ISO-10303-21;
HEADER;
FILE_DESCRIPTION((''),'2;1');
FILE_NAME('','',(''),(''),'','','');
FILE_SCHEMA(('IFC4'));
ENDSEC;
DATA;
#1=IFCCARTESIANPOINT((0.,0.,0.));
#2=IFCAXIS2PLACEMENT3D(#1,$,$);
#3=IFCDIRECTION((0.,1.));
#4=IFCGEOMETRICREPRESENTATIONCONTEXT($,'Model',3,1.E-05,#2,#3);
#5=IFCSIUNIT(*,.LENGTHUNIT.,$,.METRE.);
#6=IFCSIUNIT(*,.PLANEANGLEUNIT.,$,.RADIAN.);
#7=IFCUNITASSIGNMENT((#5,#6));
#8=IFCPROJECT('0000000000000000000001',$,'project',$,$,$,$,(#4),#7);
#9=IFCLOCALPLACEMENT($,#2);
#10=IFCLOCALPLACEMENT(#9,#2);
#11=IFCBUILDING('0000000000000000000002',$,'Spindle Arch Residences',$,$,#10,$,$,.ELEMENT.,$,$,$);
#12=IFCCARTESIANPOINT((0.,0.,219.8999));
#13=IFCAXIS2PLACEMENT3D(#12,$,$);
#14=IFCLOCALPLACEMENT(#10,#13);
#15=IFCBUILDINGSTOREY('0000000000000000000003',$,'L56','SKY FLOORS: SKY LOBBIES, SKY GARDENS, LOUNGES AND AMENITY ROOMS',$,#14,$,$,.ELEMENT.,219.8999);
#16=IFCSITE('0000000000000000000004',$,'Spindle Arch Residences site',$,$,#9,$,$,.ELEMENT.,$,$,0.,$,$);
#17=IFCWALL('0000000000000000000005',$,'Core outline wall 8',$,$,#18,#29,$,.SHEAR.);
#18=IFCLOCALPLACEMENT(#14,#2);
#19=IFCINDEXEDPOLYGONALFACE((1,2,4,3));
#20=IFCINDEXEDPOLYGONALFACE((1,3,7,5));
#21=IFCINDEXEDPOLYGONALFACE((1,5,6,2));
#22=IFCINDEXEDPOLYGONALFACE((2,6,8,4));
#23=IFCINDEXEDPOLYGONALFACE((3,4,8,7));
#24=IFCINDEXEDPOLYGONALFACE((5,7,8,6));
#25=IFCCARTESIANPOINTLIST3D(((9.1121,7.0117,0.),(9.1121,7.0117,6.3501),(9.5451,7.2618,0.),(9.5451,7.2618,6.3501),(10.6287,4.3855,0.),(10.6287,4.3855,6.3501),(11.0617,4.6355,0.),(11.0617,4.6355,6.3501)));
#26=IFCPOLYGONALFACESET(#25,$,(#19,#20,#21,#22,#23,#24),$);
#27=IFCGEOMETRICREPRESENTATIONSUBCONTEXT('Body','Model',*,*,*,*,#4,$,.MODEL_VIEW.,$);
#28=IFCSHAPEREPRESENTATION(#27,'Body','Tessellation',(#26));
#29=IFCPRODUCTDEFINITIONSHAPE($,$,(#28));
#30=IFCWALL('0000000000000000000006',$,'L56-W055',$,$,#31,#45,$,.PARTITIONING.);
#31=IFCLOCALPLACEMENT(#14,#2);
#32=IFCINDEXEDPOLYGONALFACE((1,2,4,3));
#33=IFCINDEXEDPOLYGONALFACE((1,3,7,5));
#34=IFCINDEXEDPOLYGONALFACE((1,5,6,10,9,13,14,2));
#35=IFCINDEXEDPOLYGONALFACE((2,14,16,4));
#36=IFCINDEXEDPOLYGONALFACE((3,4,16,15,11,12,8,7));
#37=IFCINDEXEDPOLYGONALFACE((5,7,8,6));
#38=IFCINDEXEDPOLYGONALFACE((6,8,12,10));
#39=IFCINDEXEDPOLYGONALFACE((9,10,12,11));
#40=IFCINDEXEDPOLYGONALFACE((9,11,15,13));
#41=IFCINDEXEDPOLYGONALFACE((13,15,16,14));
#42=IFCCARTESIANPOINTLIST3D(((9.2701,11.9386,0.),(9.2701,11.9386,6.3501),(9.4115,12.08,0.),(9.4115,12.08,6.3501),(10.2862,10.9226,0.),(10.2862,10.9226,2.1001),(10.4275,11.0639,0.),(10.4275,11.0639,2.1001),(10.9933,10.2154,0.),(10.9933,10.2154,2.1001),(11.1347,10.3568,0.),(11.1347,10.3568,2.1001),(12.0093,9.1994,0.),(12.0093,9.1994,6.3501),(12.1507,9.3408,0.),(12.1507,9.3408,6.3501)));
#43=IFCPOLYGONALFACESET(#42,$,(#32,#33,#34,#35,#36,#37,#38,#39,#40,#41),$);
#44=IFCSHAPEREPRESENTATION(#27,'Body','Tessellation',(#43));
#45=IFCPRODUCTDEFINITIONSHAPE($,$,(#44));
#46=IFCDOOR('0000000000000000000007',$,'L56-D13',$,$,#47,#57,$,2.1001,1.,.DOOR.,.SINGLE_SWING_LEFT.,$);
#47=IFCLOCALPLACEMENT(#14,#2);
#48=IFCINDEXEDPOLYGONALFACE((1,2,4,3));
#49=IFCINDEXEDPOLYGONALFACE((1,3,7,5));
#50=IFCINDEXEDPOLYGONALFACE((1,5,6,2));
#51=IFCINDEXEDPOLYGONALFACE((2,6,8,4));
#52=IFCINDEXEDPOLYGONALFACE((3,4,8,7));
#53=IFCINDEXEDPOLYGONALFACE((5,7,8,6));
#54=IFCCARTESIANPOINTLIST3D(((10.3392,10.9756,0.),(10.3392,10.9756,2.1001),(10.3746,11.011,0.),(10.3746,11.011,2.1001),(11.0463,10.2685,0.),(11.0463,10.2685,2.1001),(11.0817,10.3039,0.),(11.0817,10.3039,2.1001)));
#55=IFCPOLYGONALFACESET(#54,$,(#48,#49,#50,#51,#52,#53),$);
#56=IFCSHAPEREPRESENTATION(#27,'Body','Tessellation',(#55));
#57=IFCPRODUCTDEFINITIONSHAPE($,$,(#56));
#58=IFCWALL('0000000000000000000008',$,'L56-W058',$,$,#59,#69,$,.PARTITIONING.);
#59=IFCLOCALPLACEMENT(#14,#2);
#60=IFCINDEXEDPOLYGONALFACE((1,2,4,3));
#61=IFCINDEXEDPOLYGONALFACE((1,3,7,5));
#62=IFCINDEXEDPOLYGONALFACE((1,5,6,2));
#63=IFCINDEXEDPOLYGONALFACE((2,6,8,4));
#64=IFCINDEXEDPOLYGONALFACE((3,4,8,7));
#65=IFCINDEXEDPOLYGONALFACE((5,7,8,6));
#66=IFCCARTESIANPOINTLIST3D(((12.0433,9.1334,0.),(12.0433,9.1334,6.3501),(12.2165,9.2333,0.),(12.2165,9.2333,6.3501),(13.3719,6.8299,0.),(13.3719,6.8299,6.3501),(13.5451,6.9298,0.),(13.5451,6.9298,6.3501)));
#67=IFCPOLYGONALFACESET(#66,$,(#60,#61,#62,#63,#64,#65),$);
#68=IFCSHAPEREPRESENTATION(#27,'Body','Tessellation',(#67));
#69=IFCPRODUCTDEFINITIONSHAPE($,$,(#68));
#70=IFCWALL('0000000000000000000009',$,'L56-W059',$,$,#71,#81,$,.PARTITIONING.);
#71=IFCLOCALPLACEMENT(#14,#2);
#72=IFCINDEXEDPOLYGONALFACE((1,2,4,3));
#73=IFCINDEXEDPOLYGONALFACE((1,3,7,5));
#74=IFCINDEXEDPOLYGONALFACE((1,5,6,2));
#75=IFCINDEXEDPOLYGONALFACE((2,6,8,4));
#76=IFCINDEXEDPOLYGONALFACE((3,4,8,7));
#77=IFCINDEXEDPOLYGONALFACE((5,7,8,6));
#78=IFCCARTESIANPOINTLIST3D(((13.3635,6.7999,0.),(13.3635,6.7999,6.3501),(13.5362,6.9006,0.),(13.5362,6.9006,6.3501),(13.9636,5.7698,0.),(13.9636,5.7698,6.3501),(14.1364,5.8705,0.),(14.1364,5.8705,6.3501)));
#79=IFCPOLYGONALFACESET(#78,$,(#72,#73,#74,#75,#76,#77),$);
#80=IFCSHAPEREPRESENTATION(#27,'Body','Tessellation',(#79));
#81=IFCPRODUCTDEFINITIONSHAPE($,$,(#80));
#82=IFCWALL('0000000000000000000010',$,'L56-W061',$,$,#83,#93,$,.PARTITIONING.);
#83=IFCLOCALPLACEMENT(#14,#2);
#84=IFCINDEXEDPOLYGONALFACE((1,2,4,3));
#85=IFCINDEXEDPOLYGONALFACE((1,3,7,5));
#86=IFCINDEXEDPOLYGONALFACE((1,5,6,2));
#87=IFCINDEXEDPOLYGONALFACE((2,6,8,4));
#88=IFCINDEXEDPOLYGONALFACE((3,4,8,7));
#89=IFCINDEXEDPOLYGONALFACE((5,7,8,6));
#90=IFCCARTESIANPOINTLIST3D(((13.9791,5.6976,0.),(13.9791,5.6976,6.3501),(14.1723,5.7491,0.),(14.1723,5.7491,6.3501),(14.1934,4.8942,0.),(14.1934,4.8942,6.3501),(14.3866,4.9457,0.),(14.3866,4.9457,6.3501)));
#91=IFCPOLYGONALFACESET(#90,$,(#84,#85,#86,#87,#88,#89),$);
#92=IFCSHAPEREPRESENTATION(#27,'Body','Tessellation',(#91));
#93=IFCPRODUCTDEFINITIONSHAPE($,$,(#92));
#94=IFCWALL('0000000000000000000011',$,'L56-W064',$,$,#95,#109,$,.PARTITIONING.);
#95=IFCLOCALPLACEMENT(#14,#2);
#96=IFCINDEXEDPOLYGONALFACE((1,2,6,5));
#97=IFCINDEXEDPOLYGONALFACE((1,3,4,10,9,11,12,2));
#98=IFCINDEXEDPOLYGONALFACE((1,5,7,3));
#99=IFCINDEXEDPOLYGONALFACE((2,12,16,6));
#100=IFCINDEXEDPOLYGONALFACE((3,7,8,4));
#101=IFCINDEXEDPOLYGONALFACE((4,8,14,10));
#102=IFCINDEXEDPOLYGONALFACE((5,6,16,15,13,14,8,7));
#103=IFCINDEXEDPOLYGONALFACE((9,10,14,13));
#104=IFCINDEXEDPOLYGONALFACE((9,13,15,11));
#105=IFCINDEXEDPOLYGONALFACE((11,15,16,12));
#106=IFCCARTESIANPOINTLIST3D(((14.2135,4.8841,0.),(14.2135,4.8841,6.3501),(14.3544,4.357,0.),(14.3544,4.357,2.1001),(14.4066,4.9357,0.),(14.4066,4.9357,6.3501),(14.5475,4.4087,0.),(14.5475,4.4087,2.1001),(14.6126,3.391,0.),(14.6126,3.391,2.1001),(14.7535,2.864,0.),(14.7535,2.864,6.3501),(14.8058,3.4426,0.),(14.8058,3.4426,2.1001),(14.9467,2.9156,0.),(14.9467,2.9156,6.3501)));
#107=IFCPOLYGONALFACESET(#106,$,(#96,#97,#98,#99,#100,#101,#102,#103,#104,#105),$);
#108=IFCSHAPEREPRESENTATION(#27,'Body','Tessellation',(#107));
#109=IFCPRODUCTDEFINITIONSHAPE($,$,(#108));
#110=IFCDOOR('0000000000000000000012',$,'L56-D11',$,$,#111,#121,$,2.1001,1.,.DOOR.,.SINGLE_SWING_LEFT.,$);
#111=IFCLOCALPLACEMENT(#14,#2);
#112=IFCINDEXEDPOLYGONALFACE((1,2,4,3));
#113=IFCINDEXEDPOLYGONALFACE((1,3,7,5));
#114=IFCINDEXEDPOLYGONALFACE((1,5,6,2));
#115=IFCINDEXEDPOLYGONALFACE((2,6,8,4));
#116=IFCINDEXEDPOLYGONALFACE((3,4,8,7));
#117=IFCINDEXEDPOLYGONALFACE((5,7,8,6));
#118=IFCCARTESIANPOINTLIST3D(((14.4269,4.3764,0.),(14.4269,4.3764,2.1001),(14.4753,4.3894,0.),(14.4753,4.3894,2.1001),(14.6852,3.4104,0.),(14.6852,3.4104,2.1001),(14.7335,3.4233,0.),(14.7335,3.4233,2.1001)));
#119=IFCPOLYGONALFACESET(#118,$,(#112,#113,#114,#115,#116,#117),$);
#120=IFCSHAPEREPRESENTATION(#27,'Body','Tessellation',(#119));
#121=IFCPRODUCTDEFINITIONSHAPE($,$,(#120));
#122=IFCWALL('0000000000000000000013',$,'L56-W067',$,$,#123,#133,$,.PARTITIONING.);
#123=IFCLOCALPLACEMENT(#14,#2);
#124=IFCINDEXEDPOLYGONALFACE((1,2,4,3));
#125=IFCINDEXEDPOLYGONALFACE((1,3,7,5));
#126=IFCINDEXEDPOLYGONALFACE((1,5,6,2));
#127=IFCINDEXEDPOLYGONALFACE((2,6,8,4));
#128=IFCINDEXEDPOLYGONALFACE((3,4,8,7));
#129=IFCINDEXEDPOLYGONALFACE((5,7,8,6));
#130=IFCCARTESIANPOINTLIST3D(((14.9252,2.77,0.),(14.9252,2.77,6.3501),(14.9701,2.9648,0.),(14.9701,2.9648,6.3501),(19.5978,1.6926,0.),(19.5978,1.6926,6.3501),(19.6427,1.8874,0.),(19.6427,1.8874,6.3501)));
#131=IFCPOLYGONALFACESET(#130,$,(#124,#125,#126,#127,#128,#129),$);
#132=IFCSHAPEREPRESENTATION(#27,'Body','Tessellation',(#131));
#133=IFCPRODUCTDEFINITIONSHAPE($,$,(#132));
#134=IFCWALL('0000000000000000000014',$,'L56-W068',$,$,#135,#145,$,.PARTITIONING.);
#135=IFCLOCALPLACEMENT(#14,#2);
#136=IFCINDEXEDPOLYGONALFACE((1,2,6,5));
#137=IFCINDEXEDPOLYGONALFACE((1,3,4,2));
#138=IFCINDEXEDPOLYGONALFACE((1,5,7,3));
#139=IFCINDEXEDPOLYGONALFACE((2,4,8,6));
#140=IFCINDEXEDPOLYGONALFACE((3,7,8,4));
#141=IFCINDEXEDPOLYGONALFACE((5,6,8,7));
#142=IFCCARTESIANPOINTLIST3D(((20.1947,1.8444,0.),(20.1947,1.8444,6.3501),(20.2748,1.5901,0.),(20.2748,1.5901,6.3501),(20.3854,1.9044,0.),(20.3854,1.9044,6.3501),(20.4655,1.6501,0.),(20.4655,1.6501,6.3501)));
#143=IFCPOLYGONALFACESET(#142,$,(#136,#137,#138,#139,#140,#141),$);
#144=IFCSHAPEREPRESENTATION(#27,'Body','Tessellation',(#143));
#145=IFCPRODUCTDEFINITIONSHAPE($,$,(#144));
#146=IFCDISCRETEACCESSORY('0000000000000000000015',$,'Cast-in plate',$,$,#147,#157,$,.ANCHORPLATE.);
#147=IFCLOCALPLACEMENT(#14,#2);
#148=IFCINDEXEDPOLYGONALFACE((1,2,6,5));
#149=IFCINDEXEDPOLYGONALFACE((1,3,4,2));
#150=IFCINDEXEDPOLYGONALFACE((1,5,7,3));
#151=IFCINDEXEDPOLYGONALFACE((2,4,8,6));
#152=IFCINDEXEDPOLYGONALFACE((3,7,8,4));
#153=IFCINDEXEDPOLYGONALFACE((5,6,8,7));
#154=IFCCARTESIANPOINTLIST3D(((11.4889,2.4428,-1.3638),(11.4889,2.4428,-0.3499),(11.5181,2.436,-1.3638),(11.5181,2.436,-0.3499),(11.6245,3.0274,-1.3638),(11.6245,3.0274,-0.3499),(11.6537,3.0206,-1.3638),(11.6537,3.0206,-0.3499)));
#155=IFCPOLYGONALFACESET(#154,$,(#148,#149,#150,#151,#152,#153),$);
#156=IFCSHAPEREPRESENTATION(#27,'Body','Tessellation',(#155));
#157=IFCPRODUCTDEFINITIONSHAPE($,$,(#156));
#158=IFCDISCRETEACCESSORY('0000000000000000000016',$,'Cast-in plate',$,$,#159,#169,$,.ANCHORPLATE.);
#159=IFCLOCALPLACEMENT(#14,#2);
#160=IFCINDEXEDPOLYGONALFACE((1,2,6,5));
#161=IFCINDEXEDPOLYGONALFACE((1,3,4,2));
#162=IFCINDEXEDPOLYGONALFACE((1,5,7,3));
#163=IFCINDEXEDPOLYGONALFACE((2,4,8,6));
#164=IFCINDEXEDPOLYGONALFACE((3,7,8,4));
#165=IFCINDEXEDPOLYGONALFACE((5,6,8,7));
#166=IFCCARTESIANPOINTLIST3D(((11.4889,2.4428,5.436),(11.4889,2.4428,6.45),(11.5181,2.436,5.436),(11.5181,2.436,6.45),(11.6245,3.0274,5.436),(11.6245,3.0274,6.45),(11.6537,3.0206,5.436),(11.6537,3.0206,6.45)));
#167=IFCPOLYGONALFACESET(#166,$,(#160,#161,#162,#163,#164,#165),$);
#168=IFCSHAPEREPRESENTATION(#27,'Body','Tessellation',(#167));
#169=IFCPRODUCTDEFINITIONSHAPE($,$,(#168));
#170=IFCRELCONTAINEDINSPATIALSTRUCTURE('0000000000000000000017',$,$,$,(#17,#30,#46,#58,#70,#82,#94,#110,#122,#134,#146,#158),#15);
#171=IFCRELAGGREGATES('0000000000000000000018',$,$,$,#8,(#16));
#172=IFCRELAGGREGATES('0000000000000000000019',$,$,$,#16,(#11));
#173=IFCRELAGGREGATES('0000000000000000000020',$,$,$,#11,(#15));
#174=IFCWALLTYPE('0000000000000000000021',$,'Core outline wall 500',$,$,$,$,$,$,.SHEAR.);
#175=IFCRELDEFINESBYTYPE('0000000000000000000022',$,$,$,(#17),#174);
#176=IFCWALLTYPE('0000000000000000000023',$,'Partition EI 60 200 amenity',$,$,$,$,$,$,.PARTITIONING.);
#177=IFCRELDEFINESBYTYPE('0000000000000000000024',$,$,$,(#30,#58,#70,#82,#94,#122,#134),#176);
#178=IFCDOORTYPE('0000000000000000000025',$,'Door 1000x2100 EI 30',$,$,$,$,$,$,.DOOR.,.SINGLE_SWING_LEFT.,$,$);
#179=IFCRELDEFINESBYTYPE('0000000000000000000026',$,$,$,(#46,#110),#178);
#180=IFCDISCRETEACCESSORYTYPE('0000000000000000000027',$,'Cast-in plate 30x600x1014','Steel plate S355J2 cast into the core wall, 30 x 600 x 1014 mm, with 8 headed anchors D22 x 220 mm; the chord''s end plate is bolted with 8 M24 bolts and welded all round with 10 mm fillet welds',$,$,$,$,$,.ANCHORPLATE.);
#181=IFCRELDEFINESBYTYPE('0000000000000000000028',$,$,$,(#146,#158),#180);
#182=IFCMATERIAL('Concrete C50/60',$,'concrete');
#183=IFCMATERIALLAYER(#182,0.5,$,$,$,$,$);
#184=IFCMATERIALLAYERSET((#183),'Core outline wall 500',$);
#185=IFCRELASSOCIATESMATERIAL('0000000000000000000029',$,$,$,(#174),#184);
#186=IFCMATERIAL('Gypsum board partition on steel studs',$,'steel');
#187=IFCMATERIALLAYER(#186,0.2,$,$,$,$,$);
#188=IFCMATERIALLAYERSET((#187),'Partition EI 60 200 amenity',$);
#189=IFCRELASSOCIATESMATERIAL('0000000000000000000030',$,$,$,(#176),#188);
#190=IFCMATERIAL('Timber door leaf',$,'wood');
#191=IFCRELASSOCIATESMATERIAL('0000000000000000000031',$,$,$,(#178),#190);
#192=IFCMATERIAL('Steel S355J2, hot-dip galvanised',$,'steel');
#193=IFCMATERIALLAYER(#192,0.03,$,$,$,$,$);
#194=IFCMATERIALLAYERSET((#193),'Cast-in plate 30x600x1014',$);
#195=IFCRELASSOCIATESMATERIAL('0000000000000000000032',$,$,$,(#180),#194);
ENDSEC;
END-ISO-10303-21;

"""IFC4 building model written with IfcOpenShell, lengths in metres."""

from ifc_helpers import new_model, si_unit, direction, frame, frame_2d, origin, origin_2d, place, context, subcontext, project, spatial, rectangle, extrude, material, layer, layer_set, type_object, element, fill, save


model = new_model("IFC4")

# Units and contexts
model_context = context("Model", 3, precision=1e-05, world=origin(), true_north=direction((0.0, 1.0)))
body_context = subcontext(model_context, "Body", "Model", "MODEL_VIEW")
ifc_project = project(units=[si_unit("LENGTHUNIT", "METRE"), si_unit("PLANEANGLEUNIT", "RADIAN")], contexts=[model_context])

# Site, building, storey
site_placement = place(None, origin())
site = spatial("IfcSite", under=ifc_project, at=site_placement, Name="Spindle Arch Residences site", CompositionType="ELEMENT", RefElevation=0.0)
building_placement = place(site_placement, origin())
building = spatial("IfcBuilding", under=site, at=building_placement, Name="Spindle Arch Residences", CompositionType="ELEMENT")
storey_placement = place(building_placement, frame((0.0, 0.0, 219.8999)))
storey = spatial("IfcBuildingStorey", under=building, at=storey_placement, Name="L56", Description="SKY FLOORS: SKY LOBBIES, SKY GARDENS, LOUNGES AND AMENITY ROOMS", CompositionType="ELEMENT", Elevation=219.8999)

# Wall
ifc_material_1 = material(Name="Concrete C50/60", Category="concrete")
ifc_layer_1 = layer(ifc_material_1, 0.5)
ifc_layer_set_1 = layer_set([ifc_layer_1], Name="Core outline wall 500")
wall_type_1 = type_object("IfcWallType", Name="Core outline wall 500", PredefinedType="SHEAR", material=ifc_layer_set_1)
for number, where, z_axis, x_axis, name in (
    (1, (10.8452, 4.5105, 0.0), (0.0, 0.0, 1.0), (-0.500087, 0.865975, 0.0), "Core outline wall 8"),
):
    element("IfcWall", number, at=place(storey_placement, frame(where, z_axis=z_axis, x_axis=x_axis)), inside=storey, type_object=wall_type_1, Name=name, PredefinedType="SHEAR", context=body_context, shape_type="SweptSolid", body=[
        extrude(rectangle(XDim=3.0327, YDim=0.5, at=frame_2d((1.5164, 0.0))), origin(), (0.0, 0.0, 1.0), 6.3501),
    ])

# Wall, opening, door
ifc_material_2 = material(Name="Gypsum board partition on steel studs", Category="steel")
ifc_layer_2 = layer(ifc_material_2, 0.2)
ifc_layer_set_2 = layer_set([ifc_layer_2], Name="Partition EI 60 200 amenity")
wall_type_2 = type_object("IfcWallType", Name="Partition EI 60 200 amenity", PredefinedType="PARTITIONING", material=ifc_layer_set_2)
wall_1_placement = place(storey_placement, frame((12.0801, 9.27, 0.0), z_axis=(0.0, 0.0, 1.0), x_axis=(-0.707107, 0.707107, 0.0)))
wall_1 = element("IfcWall", 2, at=wall_1_placement, inside=storey, type_object=wall_type_2, Name="L56-W055", PredefinedType="PARTITIONING", context=body_context, shape_type="SweptSolid", body=[
    extrude(rectangle(XDim=3.8738, YDim=0.2, at=frame_2d((1.937, 0.0))), origin(), (0.0, 0.0, 1.0), 6.3501),
])
opening_1_placement = place(wall_1_placement, frame((1.437, 0.0, 0.0)))
opening_1 = element("IfcOpeningElement", 3, at=opening_1_placement, cuts=wall_1, PredefinedType="OPENING", context=body_context, shape_type="SweptSolid", body=[
    extrude(rectangle(XDim=1.0, YDim=2.1001, at=frame_2d((0.5, 1.05))), frame((0.0, 0.1099, 0.0), z_axis=(0.0, -1.0, 0.0), x_axis=(1.0, 0.0, 0.0)), (0.0, 0.0, 1.0), 0.22),
])
ifc_material_3 = material(Name="Timber door leaf", Category="wood")
door_type = type_object("IfcDoorType", Name="Door 1000x2100 EI 30", OperationType="SINGLE_SWING_LEFT", PredefinedType="DOOR", material=ifc_material_3)
door_1_placement = place(opening_1_placement, origin())
door_1 = element("IfcDoor", 4, at=door_1_placement, inside=storey, type_object=door_type, Name="L56-D13", OperationType="SINGLE_SWING_LEFT", OverallHeight=2.1001, OverallWidth=1.0, PredefinedType="DOOR", context=body_context, shape_type="SweptSolid", body=[
    extrude(rectangle(XDim=1.0, YDim=2.1001, at=frame_2d((0.5, 1.05))), frame((0.0, 0.0249, 0.0), z_axis=(0.0, -1.0, 0.0), x_axis=(1.0, 0.0, 0.0)), (0.0, 0.0, 1.0), 0.05),
])
fill(opening_1, door_1)

# Walls
wall_2_placement = place(storey_placement, frame((13.4585, 6.8799, 0.0), z_axis=(0.0, 0.0, 1.0), x_axis=(-0.499635, 0.866236, 0.0)))
element("IfcWall", 5, at=wall_2_placement, inside=storey, type_object=wall_type_2, Name="L56-W058", PredefinedType="PARTITIONING", context=body_context, shape_type="SweptSolid", body=[
    extrude(rectangle(XDim=2.6592, YDim=0.2, at=frame_2d((1.3296, 0.0))), origin(), (0.0, 0.0, 1.0), 6.3501),
])
wall_3_placement = place(storey_placement, frame((14.05, 5.8201, 0.0), z_axis=(0.0, 0.0, 1.0), x_axis=(-0.5034, 0.864054, 0.0)))
element("IfcWall", 6, at=wall_3_placement, inside=storey, type_object=wall_type_2, Name="L56-W059", PredefinedType="PARTITIONING", context=body_context, shape_type="SweptSolid", body=[
    extrude(rectangle(XDim=1.1921, YDim=0.2, at=frame_2d((0.5962, 0.0))), origin(), (0.0, 0.0, 1.0), 6.3501),
])
wall_4_placement = place(storey_placement, frame((14.29, 4.9199, 0.0), z_axis=(0.0, 0.0, 1.0), x_axis=(-0.257772, 0.966206, 0.0)))
element("IfcWall", 7, at=wall_4_placement, inside=storey, type_object=wall_type_2, Name="L56-W061", PredefinedType="PARTITIONING", context=body_context, shape_type="SweptSolid", body=[
    extrude(rectangle(XDim=0.8315, YDim=0.2, at=frame_2d((0.4158, 0.0))), origin(), (0.0, 0.0, 1.0), 6.3501),
])

# Wall, opening, door
wall_5_placement = place(storey_placement, frame((14.8501, 2.8899, 0.0), z_axis=(0.0, 0.0, 1.0), x_axis=(-0.258273, 0.966072, 0.0)))
wall_5 = element("IfcWall", 8, at=wall_5_placement, inside=storey, type_object=wall_type_2, Name="L56-W064", PredefinedType="PARTITIONING", context=body_context, shape_type="SweptSolid", body=[
    extrude(rectangle(XDim=2.0911, YDim=0.2, at=frame_2d((1.0454, 0.0))), origin(), (0.0, 0.0, 1.0), 6.3501),
])
opening_2_placement = place(wall_5_placement, frame((0.5454, 0.0, 0.0)))
opening_2 = element("IfcOpeningElement", 9, at=opening_2_placement, cuts=wall_5, PredefinedType="OPENING", context=body_context, shape_type="SweptSolid", body=[
    extrude(rectangle(XDim=1.0, YDim=2.1001, at=frame_2d((0.5, 1.05))), frame((0.0, 0.1099, 0.0), z_axis=(0.0, -1.0, 0.0), x_axis=(1.0, 0.0, 0.0)), (0.0, 0.0, 1.0), 0.22),
])
door_2_placement = place(opening_2_placement, origin())
door_2 = element("IfcDoor", 10, at=door_2_placement, inside=storey, type_object=door_type, Name="L56-D11", OperationType="SINGLE_SWING_LEFT", OverallHeight=2.1001, OverallWidth=1.0, PredefinedType="DOOR", context=body_context, shape_type="SweptSolid", body=[
    extrude(rectangle(XDim=1.0, YDim=2.1001, at=frame_2d((0.5, 1.05))), frame((0.0, 0.0249, 0.0), z_axis=(0.0, -1.0, 0.0), x_axis=(1.0, 0.0, 0.0)), (0.0, 0.0, 1.0), 0.05),
])
fill(opening_2, door_2)

# Walls
wall_6_placement = place(storey_placement, frame((19.6201, 1.79, 0.0), z_axis=(0.0, 0.0, 1.0), x_axis=(-0.974432, 0.224681, 0.0)))
element("IfcWall", 11, at=wall_6_placement, inside=storey, type_object=wall_type_2, Name="L56-W067", PredefinedType="PARTITIONING", context=body_context, shape_type="SweptSolid", body=[
    extrude(rectangle(XDim=4.7952, YDim=0.2, at=frame_2d((2.3975, 0.0))), origin(), (0.0, 0.0, 1.0), 6.3501),
])
wall_7_placement = place(storey_placement, frame((20.3701, 1.6201, 0.0), z_axis=(0.0, 0.0, 1.0), x_axis=(-0.300255, 0.953859, 0.0)))
element("IfcWall", 12, at=wall_7_placement, inside=storey, type_object=wall_type_2, Name="L56-W068", PredefinedType="PARTITIONING", context=body_context, shape_type="SweptSolid", body=[
    extrude(rectangle(XDim=0.2666, YDim=0.2, at=frame_2d((0.1333, 0.0))), origin(), (0.0, 0.0, 1.0), 6.3501),
])

# Discrete accessories
ifc_material_4 = material(Name="Steel S355J2, hot-dip galvanised", Category="steel")
ifc_layer_3 = layer(ifc_material_4, 0.03)
ifc_layer_set_3 = layer_set([ifc_layer_3], Name="Cast-in plate 30x600x1014")
discrete_accessory_type = type_object("IfcDiscreteAccessoryType", Name="Cast-in plate 30x600x1014", Description="Steel plate S355J2 cast into the core wall, 30 x 600 x 1014 mm, with 8 headed anchors D22 x 220 mm; the chord's end plate is bolted with 8 M24 bolts and welded all round with 10 mm fillet welds", PredefinedType="ANCHORPLATE", material=ifc_layer_set_3)
for number, where, z_axis, x_axis, name in (
    (13, (11.5713, 2.7317, -1.3638), (0.0, 0.0, 1.0), (0.974136, -0.225961, 0.0), "Cast-in plate"),
    (14, (11.5713, 2.7317, 5.436), (0.0, 0.0, 1.0), (0.974136, -0.225961, 0.0), "Cast-in plate"),
):
    element("IfcDiscreteAccessory", number, at=place(storey_placement, frame(where, z_axis=z_axis, x_axis=x_axis)), inside=storey, type_object=discrete_accessory_type, Name=name, PredefinedType="ANCHORPLATE", context=body_context, shape_type="SweptSolid", body=[
        extrude(rectangle(XDim=0.03, YDim=0.6001, at=origin_2d()), origin(), (0.0, 0.0, 1.0), 1.0139),
    ])

save(model, "model.ifc")
